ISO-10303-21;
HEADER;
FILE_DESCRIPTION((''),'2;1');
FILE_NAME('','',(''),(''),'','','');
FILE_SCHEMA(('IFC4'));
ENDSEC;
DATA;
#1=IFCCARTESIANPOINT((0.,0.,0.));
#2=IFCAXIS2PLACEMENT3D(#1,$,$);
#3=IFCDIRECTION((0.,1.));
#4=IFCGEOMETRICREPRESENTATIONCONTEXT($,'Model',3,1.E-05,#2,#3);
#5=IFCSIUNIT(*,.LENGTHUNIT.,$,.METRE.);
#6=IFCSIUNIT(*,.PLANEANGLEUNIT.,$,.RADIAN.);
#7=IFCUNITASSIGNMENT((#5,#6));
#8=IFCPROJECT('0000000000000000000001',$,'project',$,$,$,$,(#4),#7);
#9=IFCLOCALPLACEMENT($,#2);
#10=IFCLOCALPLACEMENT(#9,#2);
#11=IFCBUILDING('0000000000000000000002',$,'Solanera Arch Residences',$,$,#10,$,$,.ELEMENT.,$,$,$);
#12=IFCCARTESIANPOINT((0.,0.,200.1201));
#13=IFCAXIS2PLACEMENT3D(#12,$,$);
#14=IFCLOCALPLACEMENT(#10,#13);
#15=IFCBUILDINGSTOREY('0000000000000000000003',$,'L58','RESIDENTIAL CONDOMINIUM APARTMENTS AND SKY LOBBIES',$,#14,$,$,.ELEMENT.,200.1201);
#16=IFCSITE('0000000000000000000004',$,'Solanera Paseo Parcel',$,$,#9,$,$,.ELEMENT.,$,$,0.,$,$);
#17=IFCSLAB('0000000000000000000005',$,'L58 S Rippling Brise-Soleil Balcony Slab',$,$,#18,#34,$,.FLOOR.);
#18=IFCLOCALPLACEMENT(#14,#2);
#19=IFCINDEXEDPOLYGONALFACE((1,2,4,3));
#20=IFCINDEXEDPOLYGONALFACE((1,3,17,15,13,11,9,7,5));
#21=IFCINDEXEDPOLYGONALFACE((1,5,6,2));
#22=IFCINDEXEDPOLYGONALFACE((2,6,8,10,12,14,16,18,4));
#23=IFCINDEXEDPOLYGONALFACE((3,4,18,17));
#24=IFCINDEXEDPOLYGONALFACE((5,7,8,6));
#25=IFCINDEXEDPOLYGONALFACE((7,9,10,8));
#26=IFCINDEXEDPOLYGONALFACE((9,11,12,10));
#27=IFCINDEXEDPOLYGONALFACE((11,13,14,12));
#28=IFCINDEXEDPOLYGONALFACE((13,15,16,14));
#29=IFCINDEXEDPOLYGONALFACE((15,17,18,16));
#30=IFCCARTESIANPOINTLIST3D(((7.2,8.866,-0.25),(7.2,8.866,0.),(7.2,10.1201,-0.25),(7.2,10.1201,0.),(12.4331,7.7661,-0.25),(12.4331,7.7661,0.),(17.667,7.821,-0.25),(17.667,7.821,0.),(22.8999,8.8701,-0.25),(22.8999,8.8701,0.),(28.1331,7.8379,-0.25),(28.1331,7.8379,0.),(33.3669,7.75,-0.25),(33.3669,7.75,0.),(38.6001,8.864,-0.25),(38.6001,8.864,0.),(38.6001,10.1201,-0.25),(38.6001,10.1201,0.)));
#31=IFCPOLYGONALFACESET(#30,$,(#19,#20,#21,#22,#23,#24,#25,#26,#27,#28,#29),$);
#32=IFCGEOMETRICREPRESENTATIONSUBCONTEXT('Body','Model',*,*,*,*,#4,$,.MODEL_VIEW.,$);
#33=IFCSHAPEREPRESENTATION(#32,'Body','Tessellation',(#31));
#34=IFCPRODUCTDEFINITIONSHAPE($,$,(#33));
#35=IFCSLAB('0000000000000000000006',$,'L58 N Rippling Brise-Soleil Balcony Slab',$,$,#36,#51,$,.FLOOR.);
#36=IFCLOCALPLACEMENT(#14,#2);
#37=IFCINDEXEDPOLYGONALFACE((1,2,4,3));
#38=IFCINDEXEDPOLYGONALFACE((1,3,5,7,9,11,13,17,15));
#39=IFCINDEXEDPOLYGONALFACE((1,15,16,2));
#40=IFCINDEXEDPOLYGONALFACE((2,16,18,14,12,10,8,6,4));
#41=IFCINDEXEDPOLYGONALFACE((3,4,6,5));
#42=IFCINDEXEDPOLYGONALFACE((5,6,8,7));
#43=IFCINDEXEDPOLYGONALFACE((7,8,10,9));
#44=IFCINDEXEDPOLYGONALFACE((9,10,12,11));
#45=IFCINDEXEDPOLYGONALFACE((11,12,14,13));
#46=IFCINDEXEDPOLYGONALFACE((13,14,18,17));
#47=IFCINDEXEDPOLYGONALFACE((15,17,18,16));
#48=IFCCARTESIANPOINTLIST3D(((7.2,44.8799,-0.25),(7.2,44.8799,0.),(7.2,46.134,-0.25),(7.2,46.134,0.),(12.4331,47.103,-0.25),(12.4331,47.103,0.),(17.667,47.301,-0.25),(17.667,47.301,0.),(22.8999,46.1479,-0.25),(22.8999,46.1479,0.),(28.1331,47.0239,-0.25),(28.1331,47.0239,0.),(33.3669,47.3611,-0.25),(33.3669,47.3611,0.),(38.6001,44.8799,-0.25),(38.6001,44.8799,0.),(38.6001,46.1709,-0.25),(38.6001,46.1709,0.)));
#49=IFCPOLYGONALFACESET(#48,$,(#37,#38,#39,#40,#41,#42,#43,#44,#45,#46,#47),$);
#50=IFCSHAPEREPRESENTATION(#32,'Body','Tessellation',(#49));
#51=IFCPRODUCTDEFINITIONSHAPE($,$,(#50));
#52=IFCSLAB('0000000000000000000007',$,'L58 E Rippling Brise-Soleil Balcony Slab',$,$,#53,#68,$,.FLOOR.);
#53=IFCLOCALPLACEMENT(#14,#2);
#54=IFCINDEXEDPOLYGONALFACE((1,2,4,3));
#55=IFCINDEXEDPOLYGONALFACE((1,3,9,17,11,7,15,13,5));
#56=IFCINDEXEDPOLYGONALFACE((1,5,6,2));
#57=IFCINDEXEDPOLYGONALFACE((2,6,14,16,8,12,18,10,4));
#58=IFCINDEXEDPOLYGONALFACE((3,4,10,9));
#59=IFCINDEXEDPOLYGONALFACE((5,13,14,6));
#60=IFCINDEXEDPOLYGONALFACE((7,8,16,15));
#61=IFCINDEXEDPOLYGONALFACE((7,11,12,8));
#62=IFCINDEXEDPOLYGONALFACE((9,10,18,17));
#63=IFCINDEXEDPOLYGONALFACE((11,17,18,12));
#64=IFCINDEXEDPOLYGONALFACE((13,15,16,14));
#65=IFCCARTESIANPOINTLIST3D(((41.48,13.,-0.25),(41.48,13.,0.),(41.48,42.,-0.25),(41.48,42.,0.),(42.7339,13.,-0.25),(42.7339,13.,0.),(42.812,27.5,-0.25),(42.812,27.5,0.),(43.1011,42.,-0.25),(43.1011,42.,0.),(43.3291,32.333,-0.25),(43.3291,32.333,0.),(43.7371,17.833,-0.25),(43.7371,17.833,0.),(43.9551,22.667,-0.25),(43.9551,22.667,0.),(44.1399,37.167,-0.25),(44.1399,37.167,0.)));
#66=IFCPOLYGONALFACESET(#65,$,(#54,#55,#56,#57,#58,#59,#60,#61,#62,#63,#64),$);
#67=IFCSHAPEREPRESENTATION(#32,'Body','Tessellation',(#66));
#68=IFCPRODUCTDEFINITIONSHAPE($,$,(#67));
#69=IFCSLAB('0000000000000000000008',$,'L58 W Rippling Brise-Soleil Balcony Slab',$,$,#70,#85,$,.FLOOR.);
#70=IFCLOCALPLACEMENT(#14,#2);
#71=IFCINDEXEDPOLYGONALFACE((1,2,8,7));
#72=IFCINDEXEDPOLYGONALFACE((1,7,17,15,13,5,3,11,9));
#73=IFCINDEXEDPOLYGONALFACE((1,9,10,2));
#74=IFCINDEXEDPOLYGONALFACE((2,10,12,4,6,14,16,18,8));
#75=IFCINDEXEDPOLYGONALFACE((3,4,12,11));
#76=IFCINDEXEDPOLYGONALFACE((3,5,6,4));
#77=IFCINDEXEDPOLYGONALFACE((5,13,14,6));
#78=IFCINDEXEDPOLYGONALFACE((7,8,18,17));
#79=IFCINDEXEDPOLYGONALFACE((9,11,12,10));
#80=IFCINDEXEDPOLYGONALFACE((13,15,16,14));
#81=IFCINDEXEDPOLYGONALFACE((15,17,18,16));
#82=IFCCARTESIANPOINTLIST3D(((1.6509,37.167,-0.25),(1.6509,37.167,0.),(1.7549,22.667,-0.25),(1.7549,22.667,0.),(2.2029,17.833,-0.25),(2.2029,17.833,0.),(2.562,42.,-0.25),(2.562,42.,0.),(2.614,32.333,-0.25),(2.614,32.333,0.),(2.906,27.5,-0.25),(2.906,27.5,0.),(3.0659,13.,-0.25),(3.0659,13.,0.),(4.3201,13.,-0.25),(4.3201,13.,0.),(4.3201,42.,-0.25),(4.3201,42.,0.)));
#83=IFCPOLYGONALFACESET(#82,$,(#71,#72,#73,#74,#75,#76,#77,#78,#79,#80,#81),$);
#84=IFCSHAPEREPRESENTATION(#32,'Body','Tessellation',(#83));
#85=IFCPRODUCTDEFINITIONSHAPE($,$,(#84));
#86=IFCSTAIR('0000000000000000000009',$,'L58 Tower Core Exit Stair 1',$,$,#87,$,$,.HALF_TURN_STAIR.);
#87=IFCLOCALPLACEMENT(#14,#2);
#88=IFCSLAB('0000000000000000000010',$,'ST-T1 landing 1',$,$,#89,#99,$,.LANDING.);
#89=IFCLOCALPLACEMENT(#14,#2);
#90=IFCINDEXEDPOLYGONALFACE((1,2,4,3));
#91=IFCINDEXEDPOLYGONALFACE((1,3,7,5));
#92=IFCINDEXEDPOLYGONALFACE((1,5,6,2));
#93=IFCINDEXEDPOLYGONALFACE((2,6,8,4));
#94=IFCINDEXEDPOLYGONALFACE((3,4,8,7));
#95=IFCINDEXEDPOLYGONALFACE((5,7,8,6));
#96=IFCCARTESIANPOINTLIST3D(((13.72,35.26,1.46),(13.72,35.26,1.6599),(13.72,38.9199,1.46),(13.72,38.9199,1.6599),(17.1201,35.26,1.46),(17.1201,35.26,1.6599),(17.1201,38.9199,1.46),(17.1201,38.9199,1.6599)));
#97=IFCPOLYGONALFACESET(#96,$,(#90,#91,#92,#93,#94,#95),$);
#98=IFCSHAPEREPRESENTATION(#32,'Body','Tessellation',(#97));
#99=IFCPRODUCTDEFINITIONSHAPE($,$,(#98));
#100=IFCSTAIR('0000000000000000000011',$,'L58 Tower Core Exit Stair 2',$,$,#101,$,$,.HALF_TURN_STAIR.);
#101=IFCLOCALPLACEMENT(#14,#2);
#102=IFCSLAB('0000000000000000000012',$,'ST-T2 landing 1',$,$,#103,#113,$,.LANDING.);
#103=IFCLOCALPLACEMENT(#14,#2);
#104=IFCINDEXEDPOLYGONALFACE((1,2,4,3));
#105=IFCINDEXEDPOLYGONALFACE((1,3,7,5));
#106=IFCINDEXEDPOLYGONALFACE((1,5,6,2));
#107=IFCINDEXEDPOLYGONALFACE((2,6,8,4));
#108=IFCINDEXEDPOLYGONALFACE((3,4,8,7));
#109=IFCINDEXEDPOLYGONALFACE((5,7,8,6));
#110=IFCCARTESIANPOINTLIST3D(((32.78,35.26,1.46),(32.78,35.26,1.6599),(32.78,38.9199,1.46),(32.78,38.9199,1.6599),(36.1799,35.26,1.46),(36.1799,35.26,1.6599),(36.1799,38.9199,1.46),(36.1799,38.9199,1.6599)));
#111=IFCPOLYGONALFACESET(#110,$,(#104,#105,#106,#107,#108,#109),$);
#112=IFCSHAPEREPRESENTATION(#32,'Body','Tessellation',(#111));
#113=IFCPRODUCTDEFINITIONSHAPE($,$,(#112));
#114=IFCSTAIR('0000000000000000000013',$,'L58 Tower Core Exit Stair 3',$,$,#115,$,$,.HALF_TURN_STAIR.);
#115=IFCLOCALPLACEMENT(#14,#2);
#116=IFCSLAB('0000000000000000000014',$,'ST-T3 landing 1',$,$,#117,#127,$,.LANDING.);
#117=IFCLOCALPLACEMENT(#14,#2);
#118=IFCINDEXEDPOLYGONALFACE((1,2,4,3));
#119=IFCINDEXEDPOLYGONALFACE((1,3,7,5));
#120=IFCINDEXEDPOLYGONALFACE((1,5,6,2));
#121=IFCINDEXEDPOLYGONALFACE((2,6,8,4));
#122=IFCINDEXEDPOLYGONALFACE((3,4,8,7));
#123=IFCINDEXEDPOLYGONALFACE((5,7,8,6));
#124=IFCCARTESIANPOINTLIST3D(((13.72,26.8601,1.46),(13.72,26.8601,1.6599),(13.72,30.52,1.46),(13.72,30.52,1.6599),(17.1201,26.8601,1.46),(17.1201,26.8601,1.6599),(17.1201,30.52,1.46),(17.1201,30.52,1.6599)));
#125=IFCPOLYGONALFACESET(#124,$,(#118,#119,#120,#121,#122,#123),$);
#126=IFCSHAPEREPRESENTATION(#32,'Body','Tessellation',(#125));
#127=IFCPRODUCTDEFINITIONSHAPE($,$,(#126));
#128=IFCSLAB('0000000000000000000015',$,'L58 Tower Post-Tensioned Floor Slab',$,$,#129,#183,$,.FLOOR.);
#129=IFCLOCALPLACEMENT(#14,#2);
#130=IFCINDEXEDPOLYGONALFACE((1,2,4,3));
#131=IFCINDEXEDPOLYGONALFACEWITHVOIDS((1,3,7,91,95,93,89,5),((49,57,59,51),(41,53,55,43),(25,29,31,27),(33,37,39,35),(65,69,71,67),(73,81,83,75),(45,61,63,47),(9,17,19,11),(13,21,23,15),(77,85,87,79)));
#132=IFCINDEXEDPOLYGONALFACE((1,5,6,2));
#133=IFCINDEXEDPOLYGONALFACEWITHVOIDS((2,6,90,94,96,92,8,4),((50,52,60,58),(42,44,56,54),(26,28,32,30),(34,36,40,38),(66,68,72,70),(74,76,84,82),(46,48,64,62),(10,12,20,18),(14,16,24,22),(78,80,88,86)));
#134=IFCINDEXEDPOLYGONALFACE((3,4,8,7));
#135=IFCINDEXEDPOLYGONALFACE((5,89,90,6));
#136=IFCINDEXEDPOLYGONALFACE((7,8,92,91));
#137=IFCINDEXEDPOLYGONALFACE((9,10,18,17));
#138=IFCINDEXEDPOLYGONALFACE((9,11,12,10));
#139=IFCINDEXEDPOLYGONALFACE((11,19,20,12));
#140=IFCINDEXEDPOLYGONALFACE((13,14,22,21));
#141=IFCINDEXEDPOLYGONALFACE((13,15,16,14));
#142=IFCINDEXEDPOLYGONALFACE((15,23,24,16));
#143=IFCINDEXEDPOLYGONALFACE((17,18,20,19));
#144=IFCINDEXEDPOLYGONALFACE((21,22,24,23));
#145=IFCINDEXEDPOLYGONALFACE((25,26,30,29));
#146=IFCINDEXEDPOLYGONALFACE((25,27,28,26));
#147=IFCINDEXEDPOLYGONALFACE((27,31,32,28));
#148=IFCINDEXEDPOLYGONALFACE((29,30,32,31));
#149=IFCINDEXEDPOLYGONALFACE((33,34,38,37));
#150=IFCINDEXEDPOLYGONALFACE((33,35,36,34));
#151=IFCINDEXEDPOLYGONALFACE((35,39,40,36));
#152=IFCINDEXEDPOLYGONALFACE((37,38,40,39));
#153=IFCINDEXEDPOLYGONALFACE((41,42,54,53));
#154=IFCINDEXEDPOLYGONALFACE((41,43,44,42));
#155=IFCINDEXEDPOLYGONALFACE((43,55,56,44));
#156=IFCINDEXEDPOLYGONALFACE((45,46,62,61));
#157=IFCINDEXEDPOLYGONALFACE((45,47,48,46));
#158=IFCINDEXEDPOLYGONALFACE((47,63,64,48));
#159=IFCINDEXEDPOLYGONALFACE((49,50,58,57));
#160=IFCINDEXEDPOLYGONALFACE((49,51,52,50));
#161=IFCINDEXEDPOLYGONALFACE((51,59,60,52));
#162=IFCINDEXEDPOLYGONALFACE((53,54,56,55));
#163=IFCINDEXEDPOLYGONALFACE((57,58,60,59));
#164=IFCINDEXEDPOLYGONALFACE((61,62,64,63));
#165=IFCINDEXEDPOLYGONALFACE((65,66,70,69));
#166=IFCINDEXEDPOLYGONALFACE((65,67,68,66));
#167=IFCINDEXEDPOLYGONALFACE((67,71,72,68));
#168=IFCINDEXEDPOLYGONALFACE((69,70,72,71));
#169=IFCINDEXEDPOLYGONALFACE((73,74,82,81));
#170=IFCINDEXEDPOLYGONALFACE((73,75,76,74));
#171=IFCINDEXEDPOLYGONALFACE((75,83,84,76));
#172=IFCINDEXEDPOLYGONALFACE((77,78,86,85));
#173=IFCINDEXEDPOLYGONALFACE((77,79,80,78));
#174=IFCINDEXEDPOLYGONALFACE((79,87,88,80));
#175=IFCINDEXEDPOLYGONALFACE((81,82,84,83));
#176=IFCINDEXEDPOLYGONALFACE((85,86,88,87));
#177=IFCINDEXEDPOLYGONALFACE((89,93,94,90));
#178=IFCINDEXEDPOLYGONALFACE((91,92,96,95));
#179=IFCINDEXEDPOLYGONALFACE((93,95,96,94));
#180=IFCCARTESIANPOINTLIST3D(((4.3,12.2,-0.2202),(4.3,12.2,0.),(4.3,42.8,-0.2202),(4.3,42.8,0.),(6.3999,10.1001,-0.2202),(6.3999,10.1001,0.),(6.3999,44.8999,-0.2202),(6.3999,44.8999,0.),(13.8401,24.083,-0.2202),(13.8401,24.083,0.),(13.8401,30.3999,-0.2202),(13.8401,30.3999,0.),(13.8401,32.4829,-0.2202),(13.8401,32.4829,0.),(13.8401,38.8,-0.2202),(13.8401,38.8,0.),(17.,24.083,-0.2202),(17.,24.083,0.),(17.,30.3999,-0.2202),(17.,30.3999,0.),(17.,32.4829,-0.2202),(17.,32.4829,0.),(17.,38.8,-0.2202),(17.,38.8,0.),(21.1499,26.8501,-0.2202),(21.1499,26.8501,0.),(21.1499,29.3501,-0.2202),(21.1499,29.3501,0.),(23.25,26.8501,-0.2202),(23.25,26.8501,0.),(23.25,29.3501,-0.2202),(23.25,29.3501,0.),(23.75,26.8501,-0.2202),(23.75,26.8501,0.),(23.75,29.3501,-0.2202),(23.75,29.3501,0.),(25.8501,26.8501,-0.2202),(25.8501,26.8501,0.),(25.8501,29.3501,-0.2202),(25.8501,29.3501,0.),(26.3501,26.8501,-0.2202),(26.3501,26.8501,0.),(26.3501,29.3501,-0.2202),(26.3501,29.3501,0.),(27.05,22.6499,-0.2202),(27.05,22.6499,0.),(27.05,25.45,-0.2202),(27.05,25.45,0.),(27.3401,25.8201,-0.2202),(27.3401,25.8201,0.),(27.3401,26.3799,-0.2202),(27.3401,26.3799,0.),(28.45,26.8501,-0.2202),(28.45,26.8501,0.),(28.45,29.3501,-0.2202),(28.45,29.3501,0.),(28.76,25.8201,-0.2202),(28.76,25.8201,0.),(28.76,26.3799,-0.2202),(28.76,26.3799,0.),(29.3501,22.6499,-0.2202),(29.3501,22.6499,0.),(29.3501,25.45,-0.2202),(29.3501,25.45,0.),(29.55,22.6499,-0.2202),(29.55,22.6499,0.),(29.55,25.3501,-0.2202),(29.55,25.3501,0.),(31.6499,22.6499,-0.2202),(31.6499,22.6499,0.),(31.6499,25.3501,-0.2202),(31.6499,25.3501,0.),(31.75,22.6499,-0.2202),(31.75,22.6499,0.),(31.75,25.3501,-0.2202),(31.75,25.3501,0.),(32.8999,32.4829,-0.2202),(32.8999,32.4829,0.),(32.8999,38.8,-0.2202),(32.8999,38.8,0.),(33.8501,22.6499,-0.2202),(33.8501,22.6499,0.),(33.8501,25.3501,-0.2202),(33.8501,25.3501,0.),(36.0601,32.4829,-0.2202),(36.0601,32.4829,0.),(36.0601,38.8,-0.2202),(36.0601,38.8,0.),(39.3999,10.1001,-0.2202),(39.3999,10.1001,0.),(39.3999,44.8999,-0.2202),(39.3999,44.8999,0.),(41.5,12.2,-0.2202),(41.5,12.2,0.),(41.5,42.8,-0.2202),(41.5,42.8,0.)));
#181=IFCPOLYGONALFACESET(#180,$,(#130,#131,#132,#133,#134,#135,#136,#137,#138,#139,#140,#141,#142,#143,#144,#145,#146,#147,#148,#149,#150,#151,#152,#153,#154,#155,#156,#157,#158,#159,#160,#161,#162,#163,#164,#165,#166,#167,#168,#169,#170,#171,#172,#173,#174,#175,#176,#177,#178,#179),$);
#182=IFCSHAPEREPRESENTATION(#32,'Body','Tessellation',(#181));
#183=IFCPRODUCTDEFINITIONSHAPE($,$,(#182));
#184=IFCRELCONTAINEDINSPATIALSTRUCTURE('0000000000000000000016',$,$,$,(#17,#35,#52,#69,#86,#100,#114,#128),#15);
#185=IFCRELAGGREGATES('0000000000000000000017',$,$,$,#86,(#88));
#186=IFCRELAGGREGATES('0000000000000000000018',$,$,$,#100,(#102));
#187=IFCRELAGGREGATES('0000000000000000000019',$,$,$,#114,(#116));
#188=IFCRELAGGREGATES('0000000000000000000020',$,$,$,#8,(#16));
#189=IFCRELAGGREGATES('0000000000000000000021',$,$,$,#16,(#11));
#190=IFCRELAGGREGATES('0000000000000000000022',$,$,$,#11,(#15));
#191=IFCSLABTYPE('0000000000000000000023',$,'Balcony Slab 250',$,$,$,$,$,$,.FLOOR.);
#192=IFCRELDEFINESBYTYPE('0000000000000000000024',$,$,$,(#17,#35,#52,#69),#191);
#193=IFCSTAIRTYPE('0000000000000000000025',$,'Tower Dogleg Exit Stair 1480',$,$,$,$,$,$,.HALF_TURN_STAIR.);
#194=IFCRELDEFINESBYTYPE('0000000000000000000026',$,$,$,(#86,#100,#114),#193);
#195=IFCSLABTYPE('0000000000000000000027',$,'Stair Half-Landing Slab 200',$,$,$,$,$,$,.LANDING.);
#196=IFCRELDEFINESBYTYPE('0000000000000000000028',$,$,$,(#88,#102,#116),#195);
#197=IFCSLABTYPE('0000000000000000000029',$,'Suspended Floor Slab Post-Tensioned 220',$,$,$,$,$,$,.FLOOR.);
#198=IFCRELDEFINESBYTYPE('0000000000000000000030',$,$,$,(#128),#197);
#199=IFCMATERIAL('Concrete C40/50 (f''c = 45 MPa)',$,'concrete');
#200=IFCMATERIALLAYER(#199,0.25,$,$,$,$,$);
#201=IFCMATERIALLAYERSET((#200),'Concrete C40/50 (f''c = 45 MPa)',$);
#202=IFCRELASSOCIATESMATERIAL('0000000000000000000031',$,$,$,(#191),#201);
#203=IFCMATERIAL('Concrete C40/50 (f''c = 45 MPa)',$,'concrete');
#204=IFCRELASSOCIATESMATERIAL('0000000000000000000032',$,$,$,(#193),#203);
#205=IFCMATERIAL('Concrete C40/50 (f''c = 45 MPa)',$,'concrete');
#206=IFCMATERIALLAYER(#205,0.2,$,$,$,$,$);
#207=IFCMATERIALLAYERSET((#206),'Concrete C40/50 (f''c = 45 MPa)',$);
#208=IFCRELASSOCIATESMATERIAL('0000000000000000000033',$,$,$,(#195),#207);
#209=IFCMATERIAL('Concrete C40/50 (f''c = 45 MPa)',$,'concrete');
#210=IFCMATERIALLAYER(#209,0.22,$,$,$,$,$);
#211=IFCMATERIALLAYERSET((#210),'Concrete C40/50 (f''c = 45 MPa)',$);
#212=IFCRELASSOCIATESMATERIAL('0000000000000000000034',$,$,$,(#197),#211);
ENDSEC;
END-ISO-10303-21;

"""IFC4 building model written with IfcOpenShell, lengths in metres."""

from ifc_helpers import new_model, si_unit, direction, frame, origin, place, context, subcontext, project, spatial, polyline, outline, extrude, material, layer, layer_set, type_object, element, aggregate, save


model = new_model("IFC4")

# Units and contexts
model_context = context("Model", 3, precision=1e-05, world=origin(), true_north=direction((0.0, 1.0)))
body_context = subcontext(model_context, "Body", "Model", "MODEL_VIEW")
ifc_project = project(units=[si_unit("LENGTHUNIT", "METRE"), si_unit("PLANEANGLEUNIT", "RADIAN")], contexts=[model_context])

# Site, building, storey
site_placement = place(None, origin())
site = spatial("IfcSite", under=ifc_project, at=site_placement, Name="Solanera Paseo Parcel", CompositionType="ELEMENT", RefElevation=0.0)
building_placement = place(site_placement, origin())
building = spatial("IfcBuilding", under=site, at=building_placement, Name="Solanera Arch Residences", CompositionType="ELEMENT")
storey_placement = place(building_placement, frame((0.0, 0.0, 200.1201)))
storey = spatial("IfcBuildingStorey", under=building, at=storey_placement, Name="L58", Description="RESIDENTIAL CONDOMINIUM APARTMENTS AND SKY LOBBIES", CompositionType="ELEMENT", Elevation=200.1201)

# Slabs
ifc_material_1 = material(Name="Concrete C40/50 (f'c = 45 MPa)", Category="concrete")
ifc_layer_1 = layer(ifc_material_1, 0.25)
ifc_layer_set_1 = layer_set([ifc_layer_1], Name="Concrete C40/50 (f'c = 45 MPa)")
slab_type_1 = type_object("IfcSlabType", Name="Balcony Slab 250", PredefinedType="FLOOR", material=ifc_layer_set_1)
slab_1_placement = place(storey_placement, frame((0.0, 0.0, -0.25)))
element("IfcSlab", 1, at=slab_1_placement, inside=storey, type_object=slab_type_1, Name="L58 S Rippling Brise-Soleil Balcony Slab", PredefinedType="FLOOR", context=body_context, shape_type="SweptSolid", body=[
    extrude(outline(polyline([(7.2, 8.866), (12.4331, 7.7661), (17.667, 7.821), (22.8999, 8.8701), (28.1331, 7.8379), (33.3669, 7.75), (38.6001, 8.864), (38.6001, 10.1201), (7.2, 10.1201), (7.2, 8.866)])), origin(), (0.0, 0.0, 1.0), 0.25),
])
slab_2_placement = place(storey_placement, frame((0.0, 0.0, -0.25)))
element("IfcSlab", 2, at=slab_2_placement, inside=storey, type_object=slab_type_1, Name="L58 N Rippling Brise-Soleil Balcony Slab", PredefinedType="FLOOR", context=body_context, shape_type="SweptSolid", body=[
    extrude(outline(polyline([(38.6001, 46.1709), (33.3669, 47.3611), (28.1331, 47.0239), (22.8999, 46.1479), (17.667, 47.301), (12.4331, 47.103), (7.2, 46.134), (7.2, 44.8799), (38.6001, 44.8799), (38.6001, 46.1709)])), origin(), (0.0, 0.0, 1.0), 0.25),
])
slab_3_placement = place(storey_placement, frame((0.0, 0.0, -0.25)))
element("IfcSlab", 3, at=slab_3_placement, inside=storey, type_object=slab_type_1, Name="L58 E Rippling Brise-Soleil Balcony Slab", PredefinedType="FLOOR", context=body_context, shape_type="SweptSolid", body=[
    extrude(outline(polyline([(42.7339, 13.0), (43.7371, 17.833), (43.9551, 22.667), (42.812, 27.5), (43.3291, 32.333), (44.1399, 37.167), (43.1011, 42.0), (41.48, 42.0), (41.48, 13.0), (42.7339, 13.0)])), origin(), (0.0, 0.0, 1.0), 0.25),
])
slab_4_placement = place(storey_placement, frame((0.0, 0.0, -0.25)))
element("IfcSlab", 4, at=slab_4_placement, inside=storey, type_object=slab_type_1, Name="L58 W Rippling Brise-Soleil Balcony Slab", PredefinedType="FLOOR", context=body_context, shape_type="SweptSolid", body=[
    extrude(outline(polyline([(2.562, 42.0), (1.6509, 37.167), (2.614, 32.333), (2.906, 27.5), (1.7549, 22.667), (2.2029, 17.833), (3.0659, 13.0), (4.3201, 13.0), (4.3201, 42.0), (2.562, 42.0)])), origin(), (0.0, 0.0, 1.0), 0.25),
])

# Stairs, slabs
ifc_material_2 = material(Name="Concrete C40/50 (f'c = 45 MPa)", Category="concrete")
stair_type = type_object("IfcStairType", Name="Tower Dogleg Exit Stair 1480", PredefinedType="HALF_TURN_STAIR", material=ifc_material_2)
stair_1_placement = place(storey_placement, origin())
stair_1 = element("IfcStair", 5, at=stair_1_placement, inside=storey, type_object=stair_type, Name="L58 Tower Core Exit Stair 1", PredefinedType="HALF_TURN_STAIR")
ifc_material_3 = material(Name="Concrete C40/50 (f'c = 45 MPa)", Category="concrete")
ifc_layer_2 = layer(ifc_material_3, 0.2)
ifc_layer_set_2 = layer_set([ifc_layer_2], Name="Concrete C40/50 (f'c = 45 MPa)")
slab_type_2 = type_object("IfcSlabType", Name="Stair Half-Landing Slab 200", PredefinedType="LANDING", material=ifc_layer_set_2)
slab_5_placement = place(storey_placement, frame((0.0, 0.0, 1.46)))
slab_5 = element("IfcSlab", 6, at=slab_5_placement, type_object=slab_type_2, Name="ST-T1 landing 1", PredefinedType="LANDING", context=body_context, shape_type="SweptSolid", body=[
    extrude(outline(polyline([(17.1201, 35.26), (17.1201, 38.9199), (13.72, 38.9199), (13.72, 35.26), (17.1201, 35.26)])), origin(), (0.0, 0.0, 1.0), 0.2),
])
aggregate(stair_1, [slab_5])
stair_2_placement = place(storey_placement, origin())
stair_2 = element("IfcStair", 7, at=stair_2_placement, inside=storey, type_object=stair_type, Name="L58 Tower Core Exit Stair 2", PredefinedType="HALF_TURN_STAIR")
slab_6_placement = place(storey_placement, frame((0.0, 0.0, 1.46)))
slab_6 = element("IfcSlab", 8, at=slab_6_placement, type_object=slab_type_2, Name="ST-T2 landing 1", PredefinedType="LANDING", context=body_context, shape_type="SweptSolid", body=[
    extrude(outline(polyline([(36.1799, 35.26), (36.1799, 38.9199), (32.78, 38.9199), (32.78, 35.26), (36.1799, 35.26)])), origin(), (0.0, 0.0, 1.0), 0.2),
])
aggregate(stair_2, [slab_6])
stair_3_placement = place(storey_placement, origin())
stair_3 = element("IfcStair", 9, at=stair_3_placement, inside=storey, type_object=stair_type, Name="L58 Tower Core Exit Stair 3", PredefinedType="HALF_TURN_STAIR")
slab_7_placement = place(storey_placement, frame((0.0, 0.0, 1.46)))
slab_7 = element("IfcSlab", 10, at=slab_7_placement, type_object=slab_type_2, Name="ST-T3 landing 1", PredefinedType="LANDING", context=body_context, shape_type="SweptSolid", body=[
    extrude(outline(polyline([(17.1201, 26.8601), (17.1201, 30.52), (13.72, 30.52), (13.72, 26.8601), (17.1201, 26.8601)])), origin(), (0.0, 0.0, 1.0), 0.2),
])
aggregate(stair_3, [slab_7])

# Slab
ifc_material_4 = material(Name="Concrete C40/50 (f'c = 45 MPa)", Category="concrete")
ifc_layer_3 = layer(ifc_material_4, 0.22)
ifc_layer_set_3 = layer_set([ifc_layer_3], Name="Concrete C40/50 (f'c = 45 MPa)")
slab_type_3 = type_object("IfcSlabType", Name="Suspended Floor Slab Post-Tensioned 220", PredefinedType="FLOOR", material=ifc_layer_set_3)
slab_8_placement = place(storey_placement, frame((0.0, 0.0, -0.2202)))
element("IfcSlab", 11, at=slab_8_placement, inside=storey, type_object=slab_type_3, Name="L58 Tower Post-Tensioned Floor Slab", PredefinedType="FLOOR", context=body_context, shape_type="SweptSolid", body=[
    extrude(outline(polyline([(6.3999, 10.1001), (39.3999, 10.1001), (41.5, 12.2), (41.5, 42.8), (39.3999, 44.8999), (6.3999, 44.8999), (4.3, 42.8), (4.3, 12.2), (6.3999, 10.1001)]), holes=[polyline([(13.8401, 32.4829), (13.8401, 38.8), (17.0, 38.8), (17.0, 32.4829), (13.8401, 32.4829)]), polyline([(32.8999, 32.4829), (32.8999, 38.8), (36.0601, 38.8), (36.0601, 32.4829), (32.8999, 32.4829)]), polyline([(13.8401, 24.083), (13.8401, 30.3999), (17.0, 30.3999), (17.0, 24.083), (13.8401, 24.083)]), polyline([(21.1499, 29.3501), (23.25, 29.3501), (23.25, 26.8501), (21.1499, 26.8501), (21.1499, 29.3501)]), polyline([(23.75, 29.3501), (25.8501, 29.3501), (25.8501, 26.8501), (23.75, 26.8501), (23.75, 29.3501)]), polyline([(26.3501, 29.3501), (28.45, 29.3501), (28.45, 26.8501), (26.3501, 26.8501), (26.3501, 29.3501)]), polyline([(29.55, 25.3501), (31.6499, 25.3501), (31.6499, 22.6499), (29.55, 22.6499), (29.55, 25.3501)]), polyline([(31.75, 25.3501), (33.8501, 25.3501), (33.8501, 22.6499), (31.75, 22.6499), (31.75, 25.3501)]), polyline([(27.05, 25.45), (29.3501, 25.45), (29.3501, 22.6499), (27.05, 22.6499), (27.05, 25.45)]), polyline([(27.3401, 26.3799), (28.76, 26.3799), (28.76, 25.8201), (27.3401, 25.8201), (27.3401, 26.3799)])]), origin(), (0.0, 0.0, 1.0), 0.2202),
])

save(model, "model.ifc")
